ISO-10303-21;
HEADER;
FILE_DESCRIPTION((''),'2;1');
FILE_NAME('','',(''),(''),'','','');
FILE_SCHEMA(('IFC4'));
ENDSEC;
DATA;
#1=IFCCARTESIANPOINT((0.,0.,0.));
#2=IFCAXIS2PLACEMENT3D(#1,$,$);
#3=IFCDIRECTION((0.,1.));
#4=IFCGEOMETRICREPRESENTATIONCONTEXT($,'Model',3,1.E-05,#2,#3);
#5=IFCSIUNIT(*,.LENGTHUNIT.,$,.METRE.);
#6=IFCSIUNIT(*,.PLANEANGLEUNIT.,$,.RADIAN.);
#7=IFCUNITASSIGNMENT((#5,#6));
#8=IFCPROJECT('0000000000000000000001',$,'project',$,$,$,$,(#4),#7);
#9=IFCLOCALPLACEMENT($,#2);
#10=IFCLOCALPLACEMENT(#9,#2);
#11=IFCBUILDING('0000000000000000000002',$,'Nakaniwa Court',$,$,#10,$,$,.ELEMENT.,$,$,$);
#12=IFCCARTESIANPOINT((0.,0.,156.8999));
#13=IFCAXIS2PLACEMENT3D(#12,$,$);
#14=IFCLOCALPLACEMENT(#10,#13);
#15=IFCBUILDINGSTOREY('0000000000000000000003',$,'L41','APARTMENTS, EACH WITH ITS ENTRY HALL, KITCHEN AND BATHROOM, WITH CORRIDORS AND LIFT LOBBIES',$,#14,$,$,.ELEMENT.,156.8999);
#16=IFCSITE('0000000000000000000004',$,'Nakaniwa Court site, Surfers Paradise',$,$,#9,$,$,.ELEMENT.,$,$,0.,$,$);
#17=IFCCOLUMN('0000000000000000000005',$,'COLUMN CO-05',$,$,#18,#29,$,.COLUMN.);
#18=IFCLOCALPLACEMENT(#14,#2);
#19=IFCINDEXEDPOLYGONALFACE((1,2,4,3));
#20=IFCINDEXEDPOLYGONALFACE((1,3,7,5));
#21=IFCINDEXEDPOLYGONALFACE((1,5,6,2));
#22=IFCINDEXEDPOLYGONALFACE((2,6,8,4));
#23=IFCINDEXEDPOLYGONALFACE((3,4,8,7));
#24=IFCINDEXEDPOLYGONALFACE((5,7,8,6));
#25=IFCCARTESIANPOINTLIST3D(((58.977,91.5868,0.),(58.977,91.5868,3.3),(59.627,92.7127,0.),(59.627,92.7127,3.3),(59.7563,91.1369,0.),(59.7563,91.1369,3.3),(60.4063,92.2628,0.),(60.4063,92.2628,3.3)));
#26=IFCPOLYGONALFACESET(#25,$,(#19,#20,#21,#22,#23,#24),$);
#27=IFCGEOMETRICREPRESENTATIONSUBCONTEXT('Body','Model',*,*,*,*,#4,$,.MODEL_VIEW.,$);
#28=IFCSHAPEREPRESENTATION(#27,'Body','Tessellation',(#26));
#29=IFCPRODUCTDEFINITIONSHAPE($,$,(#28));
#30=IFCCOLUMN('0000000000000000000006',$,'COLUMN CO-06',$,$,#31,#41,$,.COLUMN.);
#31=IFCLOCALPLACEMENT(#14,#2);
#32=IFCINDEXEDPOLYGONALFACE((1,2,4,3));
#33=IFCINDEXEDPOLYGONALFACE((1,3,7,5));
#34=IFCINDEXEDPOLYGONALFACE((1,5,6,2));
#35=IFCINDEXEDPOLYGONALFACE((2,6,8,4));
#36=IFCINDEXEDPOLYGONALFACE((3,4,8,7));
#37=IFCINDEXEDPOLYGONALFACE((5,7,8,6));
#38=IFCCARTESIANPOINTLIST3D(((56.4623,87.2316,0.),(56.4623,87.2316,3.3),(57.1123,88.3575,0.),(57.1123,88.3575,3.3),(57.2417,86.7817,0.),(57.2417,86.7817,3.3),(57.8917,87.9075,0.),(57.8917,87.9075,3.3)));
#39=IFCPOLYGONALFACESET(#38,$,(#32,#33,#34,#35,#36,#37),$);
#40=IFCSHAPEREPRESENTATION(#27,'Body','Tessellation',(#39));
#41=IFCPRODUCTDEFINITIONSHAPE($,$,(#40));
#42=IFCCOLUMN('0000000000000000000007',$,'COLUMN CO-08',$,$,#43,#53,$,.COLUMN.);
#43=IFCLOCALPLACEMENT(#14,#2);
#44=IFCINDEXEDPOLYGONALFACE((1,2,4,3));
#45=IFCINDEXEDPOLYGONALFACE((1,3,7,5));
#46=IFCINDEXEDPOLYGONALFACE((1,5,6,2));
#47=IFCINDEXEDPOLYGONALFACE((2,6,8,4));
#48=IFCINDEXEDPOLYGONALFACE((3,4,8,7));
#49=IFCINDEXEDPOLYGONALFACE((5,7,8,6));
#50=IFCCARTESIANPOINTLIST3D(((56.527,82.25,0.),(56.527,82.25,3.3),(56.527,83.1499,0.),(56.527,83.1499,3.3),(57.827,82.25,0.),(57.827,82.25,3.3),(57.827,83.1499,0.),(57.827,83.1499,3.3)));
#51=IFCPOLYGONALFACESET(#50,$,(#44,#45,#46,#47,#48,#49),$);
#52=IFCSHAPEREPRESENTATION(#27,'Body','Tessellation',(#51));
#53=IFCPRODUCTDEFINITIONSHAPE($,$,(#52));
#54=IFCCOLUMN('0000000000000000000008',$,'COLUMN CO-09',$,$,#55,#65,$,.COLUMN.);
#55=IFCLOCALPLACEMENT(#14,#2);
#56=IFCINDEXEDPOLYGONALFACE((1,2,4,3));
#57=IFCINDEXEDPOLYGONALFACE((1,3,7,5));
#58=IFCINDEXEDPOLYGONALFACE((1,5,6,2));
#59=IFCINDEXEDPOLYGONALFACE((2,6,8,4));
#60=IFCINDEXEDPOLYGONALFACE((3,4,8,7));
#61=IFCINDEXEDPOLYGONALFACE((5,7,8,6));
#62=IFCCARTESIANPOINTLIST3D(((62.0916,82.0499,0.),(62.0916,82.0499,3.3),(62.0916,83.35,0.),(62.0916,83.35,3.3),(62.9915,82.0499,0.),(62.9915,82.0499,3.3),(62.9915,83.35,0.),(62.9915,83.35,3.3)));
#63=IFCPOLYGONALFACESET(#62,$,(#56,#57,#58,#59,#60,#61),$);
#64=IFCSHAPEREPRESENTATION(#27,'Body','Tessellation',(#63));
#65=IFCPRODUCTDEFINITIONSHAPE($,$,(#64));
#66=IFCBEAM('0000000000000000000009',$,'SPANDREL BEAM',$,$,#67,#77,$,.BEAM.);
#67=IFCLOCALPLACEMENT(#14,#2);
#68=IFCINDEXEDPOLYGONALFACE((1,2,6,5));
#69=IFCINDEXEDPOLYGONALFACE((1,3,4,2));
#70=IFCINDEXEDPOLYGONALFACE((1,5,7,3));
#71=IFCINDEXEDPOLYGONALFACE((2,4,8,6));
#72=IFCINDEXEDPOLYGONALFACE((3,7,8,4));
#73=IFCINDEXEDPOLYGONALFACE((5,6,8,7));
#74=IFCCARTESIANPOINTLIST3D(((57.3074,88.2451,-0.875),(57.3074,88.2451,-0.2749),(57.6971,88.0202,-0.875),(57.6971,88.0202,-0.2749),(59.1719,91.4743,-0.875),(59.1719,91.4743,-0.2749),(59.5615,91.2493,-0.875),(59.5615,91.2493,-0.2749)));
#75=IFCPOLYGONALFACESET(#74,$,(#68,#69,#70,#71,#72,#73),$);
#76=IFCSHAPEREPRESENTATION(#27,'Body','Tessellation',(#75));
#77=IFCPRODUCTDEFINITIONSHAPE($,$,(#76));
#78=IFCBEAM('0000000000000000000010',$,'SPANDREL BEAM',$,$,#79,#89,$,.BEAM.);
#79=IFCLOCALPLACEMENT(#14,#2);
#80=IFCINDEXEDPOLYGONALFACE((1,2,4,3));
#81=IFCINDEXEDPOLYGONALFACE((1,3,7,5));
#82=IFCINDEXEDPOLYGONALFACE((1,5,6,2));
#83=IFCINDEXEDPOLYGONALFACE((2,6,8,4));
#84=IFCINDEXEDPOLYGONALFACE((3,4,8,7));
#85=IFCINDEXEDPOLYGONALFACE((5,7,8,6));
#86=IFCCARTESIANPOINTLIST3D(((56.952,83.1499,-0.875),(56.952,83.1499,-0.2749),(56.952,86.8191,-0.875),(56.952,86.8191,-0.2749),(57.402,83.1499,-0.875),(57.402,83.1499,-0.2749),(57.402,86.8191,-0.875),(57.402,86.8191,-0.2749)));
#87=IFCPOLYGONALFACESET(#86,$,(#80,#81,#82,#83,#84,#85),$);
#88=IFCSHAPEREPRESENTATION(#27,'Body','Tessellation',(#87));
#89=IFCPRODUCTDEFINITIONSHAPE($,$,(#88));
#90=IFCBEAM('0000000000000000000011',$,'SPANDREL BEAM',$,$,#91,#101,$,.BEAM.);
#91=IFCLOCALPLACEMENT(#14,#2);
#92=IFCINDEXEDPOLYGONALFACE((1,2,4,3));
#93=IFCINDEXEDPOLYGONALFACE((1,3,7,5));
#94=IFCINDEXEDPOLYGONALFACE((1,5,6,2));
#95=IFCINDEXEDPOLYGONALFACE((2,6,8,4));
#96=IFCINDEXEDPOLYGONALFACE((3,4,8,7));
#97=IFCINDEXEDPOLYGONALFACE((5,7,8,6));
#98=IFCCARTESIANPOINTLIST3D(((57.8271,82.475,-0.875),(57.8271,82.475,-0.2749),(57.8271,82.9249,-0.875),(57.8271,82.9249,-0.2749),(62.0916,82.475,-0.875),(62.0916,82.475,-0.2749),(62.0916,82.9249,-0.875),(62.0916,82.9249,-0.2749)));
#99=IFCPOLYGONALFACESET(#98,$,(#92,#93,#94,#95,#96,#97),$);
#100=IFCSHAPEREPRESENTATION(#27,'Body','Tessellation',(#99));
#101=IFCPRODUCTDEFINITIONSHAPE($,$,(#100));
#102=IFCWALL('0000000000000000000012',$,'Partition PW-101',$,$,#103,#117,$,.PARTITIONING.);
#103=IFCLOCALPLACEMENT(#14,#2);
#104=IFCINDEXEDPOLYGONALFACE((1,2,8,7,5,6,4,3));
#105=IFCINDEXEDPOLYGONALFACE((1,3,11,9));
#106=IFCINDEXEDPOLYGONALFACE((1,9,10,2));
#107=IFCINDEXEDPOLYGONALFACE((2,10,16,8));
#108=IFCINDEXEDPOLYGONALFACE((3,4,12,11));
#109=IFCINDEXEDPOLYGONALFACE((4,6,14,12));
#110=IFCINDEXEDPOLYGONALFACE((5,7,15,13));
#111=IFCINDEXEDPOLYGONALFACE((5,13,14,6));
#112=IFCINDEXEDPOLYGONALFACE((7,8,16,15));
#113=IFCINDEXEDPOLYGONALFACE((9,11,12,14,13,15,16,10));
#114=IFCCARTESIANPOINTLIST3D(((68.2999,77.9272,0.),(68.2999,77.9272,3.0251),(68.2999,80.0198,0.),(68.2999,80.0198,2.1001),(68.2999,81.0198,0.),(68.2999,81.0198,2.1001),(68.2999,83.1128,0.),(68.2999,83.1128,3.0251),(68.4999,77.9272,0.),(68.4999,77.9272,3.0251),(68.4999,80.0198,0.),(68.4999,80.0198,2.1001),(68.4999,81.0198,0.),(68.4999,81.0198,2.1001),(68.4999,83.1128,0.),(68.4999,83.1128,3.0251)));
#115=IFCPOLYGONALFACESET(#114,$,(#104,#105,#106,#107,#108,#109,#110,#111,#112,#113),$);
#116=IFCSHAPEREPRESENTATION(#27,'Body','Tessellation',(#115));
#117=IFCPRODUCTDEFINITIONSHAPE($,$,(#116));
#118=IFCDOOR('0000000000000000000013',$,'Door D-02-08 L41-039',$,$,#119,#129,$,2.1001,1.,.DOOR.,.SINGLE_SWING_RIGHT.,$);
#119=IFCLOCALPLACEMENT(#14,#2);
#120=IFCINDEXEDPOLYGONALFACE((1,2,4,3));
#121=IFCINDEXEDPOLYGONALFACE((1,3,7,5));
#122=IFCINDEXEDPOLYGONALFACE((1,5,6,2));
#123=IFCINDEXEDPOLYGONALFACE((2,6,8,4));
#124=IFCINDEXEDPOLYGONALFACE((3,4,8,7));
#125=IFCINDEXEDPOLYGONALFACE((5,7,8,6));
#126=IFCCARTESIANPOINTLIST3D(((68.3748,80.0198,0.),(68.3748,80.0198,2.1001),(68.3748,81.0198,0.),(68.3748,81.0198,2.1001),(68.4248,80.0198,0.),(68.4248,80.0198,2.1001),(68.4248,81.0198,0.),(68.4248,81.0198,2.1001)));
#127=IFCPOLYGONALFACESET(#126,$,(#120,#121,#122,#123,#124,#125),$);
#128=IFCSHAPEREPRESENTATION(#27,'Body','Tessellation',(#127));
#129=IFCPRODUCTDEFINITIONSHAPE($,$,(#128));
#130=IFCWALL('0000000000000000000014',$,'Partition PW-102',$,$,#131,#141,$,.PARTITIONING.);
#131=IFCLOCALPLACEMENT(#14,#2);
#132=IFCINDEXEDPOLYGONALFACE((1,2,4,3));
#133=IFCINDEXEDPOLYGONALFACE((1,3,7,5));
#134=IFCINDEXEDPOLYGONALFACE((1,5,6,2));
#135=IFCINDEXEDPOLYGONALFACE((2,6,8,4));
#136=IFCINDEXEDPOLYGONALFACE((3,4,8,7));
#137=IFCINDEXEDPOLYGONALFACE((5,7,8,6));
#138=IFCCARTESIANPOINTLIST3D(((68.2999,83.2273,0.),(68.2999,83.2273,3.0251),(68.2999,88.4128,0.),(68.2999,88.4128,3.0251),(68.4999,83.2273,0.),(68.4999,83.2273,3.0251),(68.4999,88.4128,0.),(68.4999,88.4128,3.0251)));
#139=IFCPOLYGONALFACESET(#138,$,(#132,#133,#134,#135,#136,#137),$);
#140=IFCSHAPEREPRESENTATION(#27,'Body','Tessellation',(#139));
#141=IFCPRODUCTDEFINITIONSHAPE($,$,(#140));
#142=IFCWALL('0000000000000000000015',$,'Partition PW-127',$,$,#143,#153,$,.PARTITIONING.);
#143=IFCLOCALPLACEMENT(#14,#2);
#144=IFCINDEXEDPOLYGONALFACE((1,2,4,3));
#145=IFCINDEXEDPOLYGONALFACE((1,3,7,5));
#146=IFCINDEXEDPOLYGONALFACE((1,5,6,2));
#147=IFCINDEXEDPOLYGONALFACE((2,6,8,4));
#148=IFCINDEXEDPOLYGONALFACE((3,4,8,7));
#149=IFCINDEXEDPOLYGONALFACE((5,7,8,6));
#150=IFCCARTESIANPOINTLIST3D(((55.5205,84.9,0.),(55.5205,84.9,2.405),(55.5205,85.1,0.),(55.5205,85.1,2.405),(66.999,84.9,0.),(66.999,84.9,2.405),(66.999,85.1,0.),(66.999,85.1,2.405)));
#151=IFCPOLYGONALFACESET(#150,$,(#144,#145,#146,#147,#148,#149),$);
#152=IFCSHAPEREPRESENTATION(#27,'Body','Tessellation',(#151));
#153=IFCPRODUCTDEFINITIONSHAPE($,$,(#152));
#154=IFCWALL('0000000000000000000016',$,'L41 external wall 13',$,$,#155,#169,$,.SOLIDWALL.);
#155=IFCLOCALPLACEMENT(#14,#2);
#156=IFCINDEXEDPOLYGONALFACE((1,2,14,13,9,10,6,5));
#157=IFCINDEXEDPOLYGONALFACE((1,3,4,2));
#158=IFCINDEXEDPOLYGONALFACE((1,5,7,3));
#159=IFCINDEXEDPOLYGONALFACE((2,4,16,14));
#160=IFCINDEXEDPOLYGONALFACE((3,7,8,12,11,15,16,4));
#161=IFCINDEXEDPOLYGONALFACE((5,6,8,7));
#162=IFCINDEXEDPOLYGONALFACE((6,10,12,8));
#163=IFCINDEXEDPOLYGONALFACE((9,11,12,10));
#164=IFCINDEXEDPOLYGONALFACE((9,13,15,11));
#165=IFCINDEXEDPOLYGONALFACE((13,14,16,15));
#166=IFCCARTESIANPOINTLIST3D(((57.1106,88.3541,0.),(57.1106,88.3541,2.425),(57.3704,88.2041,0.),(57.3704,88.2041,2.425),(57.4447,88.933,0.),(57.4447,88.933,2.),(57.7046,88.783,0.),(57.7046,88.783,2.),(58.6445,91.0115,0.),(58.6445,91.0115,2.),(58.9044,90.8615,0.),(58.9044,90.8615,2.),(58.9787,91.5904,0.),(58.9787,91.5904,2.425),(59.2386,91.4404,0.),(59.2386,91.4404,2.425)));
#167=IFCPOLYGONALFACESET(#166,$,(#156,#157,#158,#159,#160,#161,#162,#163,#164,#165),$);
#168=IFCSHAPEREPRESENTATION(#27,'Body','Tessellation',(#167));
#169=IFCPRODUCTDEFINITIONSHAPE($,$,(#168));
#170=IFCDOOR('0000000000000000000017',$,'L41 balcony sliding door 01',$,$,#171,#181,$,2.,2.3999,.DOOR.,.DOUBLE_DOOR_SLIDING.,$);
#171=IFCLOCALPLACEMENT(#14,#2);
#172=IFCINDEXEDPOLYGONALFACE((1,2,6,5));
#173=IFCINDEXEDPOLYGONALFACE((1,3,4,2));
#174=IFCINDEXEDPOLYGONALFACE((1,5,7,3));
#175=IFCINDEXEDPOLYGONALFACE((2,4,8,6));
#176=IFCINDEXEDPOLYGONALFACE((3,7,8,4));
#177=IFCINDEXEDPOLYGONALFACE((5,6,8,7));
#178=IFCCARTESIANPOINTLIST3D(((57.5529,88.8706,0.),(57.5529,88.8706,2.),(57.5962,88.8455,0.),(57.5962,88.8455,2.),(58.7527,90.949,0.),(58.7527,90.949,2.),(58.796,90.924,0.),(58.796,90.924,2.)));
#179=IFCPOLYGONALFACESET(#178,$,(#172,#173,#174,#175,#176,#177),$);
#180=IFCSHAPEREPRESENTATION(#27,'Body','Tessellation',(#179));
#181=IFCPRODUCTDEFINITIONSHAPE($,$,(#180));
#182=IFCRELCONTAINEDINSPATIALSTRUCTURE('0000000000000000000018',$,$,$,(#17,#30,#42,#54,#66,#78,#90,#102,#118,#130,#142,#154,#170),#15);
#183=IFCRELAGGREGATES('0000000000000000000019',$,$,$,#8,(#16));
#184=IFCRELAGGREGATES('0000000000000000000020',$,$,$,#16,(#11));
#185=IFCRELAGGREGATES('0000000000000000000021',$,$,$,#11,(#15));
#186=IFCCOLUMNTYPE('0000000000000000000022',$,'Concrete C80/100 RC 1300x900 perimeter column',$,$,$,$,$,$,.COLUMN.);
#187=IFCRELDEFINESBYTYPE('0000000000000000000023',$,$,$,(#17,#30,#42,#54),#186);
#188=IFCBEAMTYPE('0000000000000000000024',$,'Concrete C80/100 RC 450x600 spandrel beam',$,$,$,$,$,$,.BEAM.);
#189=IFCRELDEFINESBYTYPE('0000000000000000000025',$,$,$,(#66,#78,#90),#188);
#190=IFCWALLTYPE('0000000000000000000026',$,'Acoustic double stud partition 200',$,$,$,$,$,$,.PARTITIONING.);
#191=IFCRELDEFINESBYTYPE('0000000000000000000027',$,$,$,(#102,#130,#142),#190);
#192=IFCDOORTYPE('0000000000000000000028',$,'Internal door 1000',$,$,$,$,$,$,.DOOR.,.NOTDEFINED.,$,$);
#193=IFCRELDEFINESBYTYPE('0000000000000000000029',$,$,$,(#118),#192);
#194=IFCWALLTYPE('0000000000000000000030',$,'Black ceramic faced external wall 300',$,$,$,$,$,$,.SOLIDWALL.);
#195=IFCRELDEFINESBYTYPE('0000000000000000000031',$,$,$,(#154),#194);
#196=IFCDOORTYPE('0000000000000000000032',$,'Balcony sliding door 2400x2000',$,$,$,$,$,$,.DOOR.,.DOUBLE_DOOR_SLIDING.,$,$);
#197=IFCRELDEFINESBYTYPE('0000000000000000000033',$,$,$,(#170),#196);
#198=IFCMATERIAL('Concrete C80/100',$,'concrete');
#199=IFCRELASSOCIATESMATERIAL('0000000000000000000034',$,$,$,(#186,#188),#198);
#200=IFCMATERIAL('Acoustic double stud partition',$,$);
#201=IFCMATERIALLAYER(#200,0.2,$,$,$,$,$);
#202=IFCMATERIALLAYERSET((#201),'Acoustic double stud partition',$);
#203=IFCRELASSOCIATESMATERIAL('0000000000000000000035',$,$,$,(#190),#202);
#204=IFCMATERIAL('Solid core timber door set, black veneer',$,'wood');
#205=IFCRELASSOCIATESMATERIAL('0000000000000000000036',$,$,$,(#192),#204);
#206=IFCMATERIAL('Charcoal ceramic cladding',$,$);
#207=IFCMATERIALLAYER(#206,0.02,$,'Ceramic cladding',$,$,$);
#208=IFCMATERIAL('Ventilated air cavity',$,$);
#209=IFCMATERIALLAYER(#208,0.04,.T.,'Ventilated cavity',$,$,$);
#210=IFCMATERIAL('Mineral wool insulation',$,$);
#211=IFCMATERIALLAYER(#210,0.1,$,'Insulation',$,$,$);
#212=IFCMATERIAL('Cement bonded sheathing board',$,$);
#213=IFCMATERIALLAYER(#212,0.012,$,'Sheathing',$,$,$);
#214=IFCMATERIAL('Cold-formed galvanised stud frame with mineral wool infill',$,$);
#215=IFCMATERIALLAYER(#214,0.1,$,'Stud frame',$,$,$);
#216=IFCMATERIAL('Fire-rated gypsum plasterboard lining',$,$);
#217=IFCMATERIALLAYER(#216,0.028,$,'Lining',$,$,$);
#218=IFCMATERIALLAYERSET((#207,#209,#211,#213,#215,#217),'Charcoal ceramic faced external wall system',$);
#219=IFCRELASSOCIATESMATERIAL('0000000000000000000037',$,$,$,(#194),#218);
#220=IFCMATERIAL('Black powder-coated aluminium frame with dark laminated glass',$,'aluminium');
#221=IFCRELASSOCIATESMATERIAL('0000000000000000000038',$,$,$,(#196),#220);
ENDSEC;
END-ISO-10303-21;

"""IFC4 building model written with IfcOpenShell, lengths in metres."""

from ifc_helpers import new_model, si_unit, direction, frame, frame_2d, origin, origin_2d, place, context, subcontext, project, spatial, rectangle, extrude, material, layer, layer_set, material_profile, profile_set, type_object, element, fill, save


model = new_model("IFC4")

# Units and contexts
model_context = context("Model", 3, precision=1e-05, world=origin(), true_north=direction((0.0, 1.0)))
body_context = subcontext(model_context, "Body", "Model", "MODEL_VIEW")
ifc_project = project(units=[si_unit("LENGTHUNIT", "METRE"), si_unit("PLANEANGLEUNIT", "RADIAN")], contexts=[model_context])

# Site, building, storey
site_placement = place(None, origin())
site = spatial("IfcSite", under=ifc_project, at=site_placement, Name="Nakaniwa Court site, Surfers Paradise", CompositionType="ELEMENT", RefElevation=0.0)
building_placement = place(site_placement, origin())
building = spatial("IfcBuilding", under=site, at=building_placement, Name="Nakaniwa Court", CompositionType="ELEMENT")
storey_placement = place(building_placement, frame((0.0, 0.0, 156.8999)))
storey = spatial("IfcBuildingStorey", under=building, at=storey_placement, Name="L41", Description="APARTMENTS, EACH WITH ITS ENTRY HALL, KITCHEN AND BATHROOM, WITH CORRIDORS AND LIFT LOBBIES", CompositionType="ELEMENT", Elevation=156.8999)

# Columns
ifc_material_1 = material(Name="Concrete C80/100", Category="concrete")
ifc_material_profile_1 = material_profile(ifc_material_1, rectangle(XDim=1.3, YDim=0.8999, at=origin_2d()), Name="Concrete C80/100 RC 1300x900 perimeter column")
ifc_profile_set_1 = profile_set([ifc_material_profile_1], Name="Concrete C80/100")
column_type = type_object("IfcColumnType", Name="Concrete C80/100 RC 1300x900 perimeter column", PredefinedType="COLUMN", material=ifc_profile_set_1)
for number, where, z_axis, x_axis, name in (
    (1, (59.6917, 91.9248, 0.0), (0.0, 0.0, 1.0), (-0.5, -0.866025, 0.0), "COLUMN CO-05"),
    (2, (57.177, 87.5696, 0.0), (0.0, 0.0, 1.0), (-0.5, -0.866025, 0.0), "COLUMN CO-06"),
    (3, (57.177, 82.7, 0.0), (0.0, 0.0, 1.0), (1.0, 0.0, 0.0), "COLUMN CO-08"),
    (4, (62.5415, 82.7, 0.0), (0.0, 0.0, 1.0), (0.0, -1.0, 0.0), "COLUMN CO-09"),
):
    element("IfcColumn", number, at=place(storey_placement, frame(where, z_axis=z_axis, x_axis=x_axis)), inside=storey, type_object=column_type, Name=name, PredefinedType="COLUMN", context=body_context, shape_type="SweptSolid", body=[
        extrude(rectangle(XDim=1.3, YDim=0.8999, at=origin_2d()), origin(), (0.0, 0.0, 1.0), 3.3),
    ])

# Beams
ifc_material_profile_2 = material_profile(ifc_material_1, rectangle(XDim=0.45, YDim=0.6001, at=origin_2d()), Name="Concrete C80/100 RC 450x600 spandrel beam")
ifc_profile_set_2 = profile_set([ifc_material_profile_2], Name="Concrete C80/100")
beam_type = type_object("IfcBeamType", Name="Concrete C80/100 RC 450x600 spandrel beam", PredefinedType="BEAM", material=ifc_profile_set_2)
beam_1_placement = place(storey_placement, frame((59.3667, 91.3618, -0.575), z_axis=(-0.500019, -0.866014, 0.0), x_axis=(0.866014, -0.500019, 0.0)))
element("IfcBeam", 5, at=beam_1_placement, inside=storey, type_object=beam_type, Name="SPANDREL BEAM", PredefinedType="BEAM", context=body_context, shape_type="SweptSolid", body=[
    extrude(rectangle(XDim=0.45, YDim=0.6001, at=origin_2d()), origin(), (0.0, 0.0, 1.0), 3.7288),
])
beam_2_placement = place(storey_placement, frame((57.177, 86.8191, -0.575), z_axis=(0.0, -1.0, 0.0), x_axis=(1.0, 0.0, 0.0)))
element("IfcBeam", 6, at=beam_2_placement, inside=storey, type_object=beam_type, Name="SPANDREL BEAM", PredefinedType="BEAM", context=body_context, shape_type="SweptSolid", body=[
    extrude(rectangle(XDim=0.45, YDim=0.6001, at=origin_2d()), origin(), (0.0, 0.0, 1.0), 3.6692),
])
beam_3_placement = place(storey_placement, frame((57.8271, 82.7, -0.575), z_axis=(1.0, 0.0, 0.0), x_axis=(0.0, 1.0, 0.0)))
element("IfcBeam", 7, at=beam_3_placement, inside=storey, type_object=beam_type, Name="SPANDREL BEAM", PredefinedType="BEAM", context=body_context, shape_type="SweptSolid", body=[
    extrude(rectangle(XDim=0.45, YDim=0.6001, at=origin_2d()), origin(), (0.0, 0.0, 1.0), 4.2644),
])

# Wall, opening, door
ifc_material_2 = material(Name="Acoustic double stud partition")
ifc_layer_1 = layer(ifc_material_2, 0.2)
ifc_layer_set_1 = layer_set([ifc_layer_1], Name="Acoustic double stud partition")
wall_type_1 = type_object("IfcWallType", Name="Acoustic double stud partition 200", PredefinedType="PARTITIONING", material=ifc_layer_set_1)
wall_1_placement = place(storey_placement, frame((68.3999, 83.1128, 0.0), z_axis=(0.0, 0.0, 1.0), x_axis=(0.0, -1.0, 0.0)))
wall_1 = element("IfcWall", 8, at=wall_1_placement, inside=storey, type_object=wall_type_1, Name="Partition PW-101", PredefinedType="PARTITIONING", context=body_context, shape_type="SweptSolid", body=[
    extrude(rectangle(XDim=5.1855, YDim=0.2, at=frame_2d((2.5928, 0.0))), origin(), (0.0, 0.0, 1.0), 3.0251),
])
opening_1_placement = place(wall_1_placement, frame((2.093, 0.0, 0.0)))
opening_1 = element("IfcOpeningElement", 9, at=opening_1_placement, cuts=wall_1, PredefinedType="OPENING", context=body_context, shape_type="SweptSolid", body=[
    extrude(rectangle(XDim=1.0, YDim=2.1001, at=frame_2d((0.5, 1.05))), frame((0.0, 0.1099, 0.0), z_axis=(0.0, -1.0, 0.0), x_axis=(1.0, 0.0, 0.0)), (0.0, 0.0, 1.0), 0.22),
])
ifc_material_3 = material(Name="Solid core timber door set, black veneer", Category="wood")
door_type_1 = type_object("IfcDoorType", Name="Internal door 1000", OperationType="NOTDEFINED", PredefinedType="DOOR", material=ifc_material_3)
door_1_placement = place(opening_1_placement, origin())
door_1 = element("IfcDoor", 10, at=door_1_placement, inside=storey, type_object=door_type_1, Name="Door D-02-08 L41-039", OperationType="SINGLE_SWING_RIGHT", OverallHeight=2.1001, OverallWidth=1.0, PredefinedType="DOOR", context=body_context, shape_type="SweptSolid", body=[
    extrude(rectangle(XDim=1.0, YDim=2.1001, at=frame_2d((0.5, 1.05))), frame((0.0, 0.0249, 0.0), z_axis=(0.0, -1.0, 0.0), x_axis=(1.0, 0.0, 0.0)), (0.0, 0.0, 1.0), 0.05),
])
fill(opening_1, door_1)

# Walls
wall_2_placement = place(storey_placement, frame((68.3999, 83.2273, 0.0), z_axis=(0.0, 0.0, 1.0), x_axis=(0.0, 1.0, 0.0)))
element("IfcWall", 11, at=wall_2_placement, inside=storey, type_object=wall_type_1, Name="Partition PW-102", PredefinedType="PARTITIONING", context=body_context, shape_type="SweptSolid", body=[
    extrude(rectangle(XDim=5.1855, YDim=0.2, at=frame_2d((2.5928, 0.0))), origin(), (0.0, 0.0, 1.0), 3.0251),
])
wall_3_placement = place(storey_placement, frame((55.5205, 85.0, 0.0), z_axis=(0.0, 0.0, 1.0), x_axis=(1.0, 0.0, 0.0)))
element("IfcWall", 12, at=wall_3_placement, inside=storey, type_object=wall_type_1, Name="Partition PW-127", PredefinedType="PARTITIONING", context=body_context, shape_type="SweptSolid", body=[
    extrude(rectangle(XDim=11.4785, YDim=0.2, at=frame_2d((5.7393, 0.0))), origin(), (0.0, 0.0, 1.0), 2.405),
])

# Wall, opening, door
ifc_material_4 = material(Name="Charcoal ceramic cladding")
ifc_layer_2 = layer(ifc_material_4, 0.02, Name="Ceramic cladding")
ifc_material_5 = material(Name="Ventilated air cavity")
ifc_layer_3 = layer(ifc_material_5, 0.04, ventilated=True, Name="Ventilated cavity")
ifc_material_6 = material(Name="Mineral wool insulation")
ifc_layer_4 = layer(ifc_material_6, 0.1, Name="Insulation")
ifc_material_7 = material(Name="Cement bonded sheathing board")
ifc_layer_5 = layer(ifc_material_7, 0.012, Name="Sheathing")
ifc_material_8 = material(Name="Cold-formed galvanised stud frame with mineral wool infill")
ifc_layer_6 = layer(ifc_material_8, 0.1, Name="Stud frame")
ifc_material_9 = material(Name="Fire-rated gypsum plasterboard lining")
ifc_layer_7 = layer(ifc_material_9, 0.028, Name="Lining")
ifc_layer_set_2 = layer_set([ifc_layer_2, ifc_layer_3, ifc_layer_4, ifc_layer_5, ifc_layer_6, ifc_layer_7], Name="Charcoal ceramic faced external wall system")
wall_type_2 = type_object("IfcWallType", Name="Black ceramic faced external wall 300", PredefinedType="SOLIDWALL", material=ifc_layer_set_2)
wall_4_placement = place(storey_placement, frame((59.1086, 91.5154, 0.0), z_axis=(0.0, 0.0, 1.0), x_axis=(-0.499934, -0.866064, 0.0)))
wall_4 = element("IfcWall", 13, at=wall_4_placement, inside=storey, type_object=wall_type_2, Name="L41 external wall 13", PredefinedType="SOLIDWALL", context=body_context, shape_type="SweptSolid", body=[
    extrude(rectangle(XDim=3.7368, YDim=0.3, at=frame_2d((1.8684, 0.0))), origin(), (0.0, 0.0, 1.0), 2.425),
])
opening_2_placement = place(wall_4_placement, frame((0.6685, 0.0, 0.0)))
opening_2 = element("IfcOpeningElement", 14, at=opening_2_placement, cuts=wall_4, PredefinedType="OPENING", context=body_context, shape_type="SweptSolid", body=[
    extrude(rectangle(XDim=2.3999, YDim=2.0, at=frame_2d((1.2, 1.0))), frame((0.0, 0.1599, 0.0), z_axis=(0.0, -1.0, 0.0), x_axis=(1.0, 0.0, 0.0)), (0.0, 0.0, 1.0), 0.3201),
])
ifc_material_10 = material(Name="Black powder-coated aluminium frame with dark laminated glass", Category="aluminium")
door_type_2 = type_object("IfcDoorType", Name="Balcony sliding door 2400x2000", OperationType="DOUBLE_DOOR_SLIDING", PredefinedType="DOOR", material=ifc_material_10)
door_2_placement = place(opening_2_placement, origin())
door_2 = element("IfcDoor", 15, at=door_2_placement, inside=storey, type_object=door_type_2, Name="L41 balcony sliding door 01", OperationType="DOUBLE_DOOR_SLIDING", OverallHeight=2.0, OverallWidth=2.3999, PredefinedType="DOOR", context=body_context, shape_type="SweptSolid", body=[
    extrude(rectangle(XDim=2.3999, YDim=2.0, at=frame_2d((1.2, 1.0))), frame((0.0, 0.0249, 0.0), z_axis=(0.0, -1.0, 0.0), x_axis=(1.0, 0.0, 0.0)), (0.0, 0.0, 1.0), 0.05),
])
fill(opening_2, door_2)

save(model, "model.ifc")
